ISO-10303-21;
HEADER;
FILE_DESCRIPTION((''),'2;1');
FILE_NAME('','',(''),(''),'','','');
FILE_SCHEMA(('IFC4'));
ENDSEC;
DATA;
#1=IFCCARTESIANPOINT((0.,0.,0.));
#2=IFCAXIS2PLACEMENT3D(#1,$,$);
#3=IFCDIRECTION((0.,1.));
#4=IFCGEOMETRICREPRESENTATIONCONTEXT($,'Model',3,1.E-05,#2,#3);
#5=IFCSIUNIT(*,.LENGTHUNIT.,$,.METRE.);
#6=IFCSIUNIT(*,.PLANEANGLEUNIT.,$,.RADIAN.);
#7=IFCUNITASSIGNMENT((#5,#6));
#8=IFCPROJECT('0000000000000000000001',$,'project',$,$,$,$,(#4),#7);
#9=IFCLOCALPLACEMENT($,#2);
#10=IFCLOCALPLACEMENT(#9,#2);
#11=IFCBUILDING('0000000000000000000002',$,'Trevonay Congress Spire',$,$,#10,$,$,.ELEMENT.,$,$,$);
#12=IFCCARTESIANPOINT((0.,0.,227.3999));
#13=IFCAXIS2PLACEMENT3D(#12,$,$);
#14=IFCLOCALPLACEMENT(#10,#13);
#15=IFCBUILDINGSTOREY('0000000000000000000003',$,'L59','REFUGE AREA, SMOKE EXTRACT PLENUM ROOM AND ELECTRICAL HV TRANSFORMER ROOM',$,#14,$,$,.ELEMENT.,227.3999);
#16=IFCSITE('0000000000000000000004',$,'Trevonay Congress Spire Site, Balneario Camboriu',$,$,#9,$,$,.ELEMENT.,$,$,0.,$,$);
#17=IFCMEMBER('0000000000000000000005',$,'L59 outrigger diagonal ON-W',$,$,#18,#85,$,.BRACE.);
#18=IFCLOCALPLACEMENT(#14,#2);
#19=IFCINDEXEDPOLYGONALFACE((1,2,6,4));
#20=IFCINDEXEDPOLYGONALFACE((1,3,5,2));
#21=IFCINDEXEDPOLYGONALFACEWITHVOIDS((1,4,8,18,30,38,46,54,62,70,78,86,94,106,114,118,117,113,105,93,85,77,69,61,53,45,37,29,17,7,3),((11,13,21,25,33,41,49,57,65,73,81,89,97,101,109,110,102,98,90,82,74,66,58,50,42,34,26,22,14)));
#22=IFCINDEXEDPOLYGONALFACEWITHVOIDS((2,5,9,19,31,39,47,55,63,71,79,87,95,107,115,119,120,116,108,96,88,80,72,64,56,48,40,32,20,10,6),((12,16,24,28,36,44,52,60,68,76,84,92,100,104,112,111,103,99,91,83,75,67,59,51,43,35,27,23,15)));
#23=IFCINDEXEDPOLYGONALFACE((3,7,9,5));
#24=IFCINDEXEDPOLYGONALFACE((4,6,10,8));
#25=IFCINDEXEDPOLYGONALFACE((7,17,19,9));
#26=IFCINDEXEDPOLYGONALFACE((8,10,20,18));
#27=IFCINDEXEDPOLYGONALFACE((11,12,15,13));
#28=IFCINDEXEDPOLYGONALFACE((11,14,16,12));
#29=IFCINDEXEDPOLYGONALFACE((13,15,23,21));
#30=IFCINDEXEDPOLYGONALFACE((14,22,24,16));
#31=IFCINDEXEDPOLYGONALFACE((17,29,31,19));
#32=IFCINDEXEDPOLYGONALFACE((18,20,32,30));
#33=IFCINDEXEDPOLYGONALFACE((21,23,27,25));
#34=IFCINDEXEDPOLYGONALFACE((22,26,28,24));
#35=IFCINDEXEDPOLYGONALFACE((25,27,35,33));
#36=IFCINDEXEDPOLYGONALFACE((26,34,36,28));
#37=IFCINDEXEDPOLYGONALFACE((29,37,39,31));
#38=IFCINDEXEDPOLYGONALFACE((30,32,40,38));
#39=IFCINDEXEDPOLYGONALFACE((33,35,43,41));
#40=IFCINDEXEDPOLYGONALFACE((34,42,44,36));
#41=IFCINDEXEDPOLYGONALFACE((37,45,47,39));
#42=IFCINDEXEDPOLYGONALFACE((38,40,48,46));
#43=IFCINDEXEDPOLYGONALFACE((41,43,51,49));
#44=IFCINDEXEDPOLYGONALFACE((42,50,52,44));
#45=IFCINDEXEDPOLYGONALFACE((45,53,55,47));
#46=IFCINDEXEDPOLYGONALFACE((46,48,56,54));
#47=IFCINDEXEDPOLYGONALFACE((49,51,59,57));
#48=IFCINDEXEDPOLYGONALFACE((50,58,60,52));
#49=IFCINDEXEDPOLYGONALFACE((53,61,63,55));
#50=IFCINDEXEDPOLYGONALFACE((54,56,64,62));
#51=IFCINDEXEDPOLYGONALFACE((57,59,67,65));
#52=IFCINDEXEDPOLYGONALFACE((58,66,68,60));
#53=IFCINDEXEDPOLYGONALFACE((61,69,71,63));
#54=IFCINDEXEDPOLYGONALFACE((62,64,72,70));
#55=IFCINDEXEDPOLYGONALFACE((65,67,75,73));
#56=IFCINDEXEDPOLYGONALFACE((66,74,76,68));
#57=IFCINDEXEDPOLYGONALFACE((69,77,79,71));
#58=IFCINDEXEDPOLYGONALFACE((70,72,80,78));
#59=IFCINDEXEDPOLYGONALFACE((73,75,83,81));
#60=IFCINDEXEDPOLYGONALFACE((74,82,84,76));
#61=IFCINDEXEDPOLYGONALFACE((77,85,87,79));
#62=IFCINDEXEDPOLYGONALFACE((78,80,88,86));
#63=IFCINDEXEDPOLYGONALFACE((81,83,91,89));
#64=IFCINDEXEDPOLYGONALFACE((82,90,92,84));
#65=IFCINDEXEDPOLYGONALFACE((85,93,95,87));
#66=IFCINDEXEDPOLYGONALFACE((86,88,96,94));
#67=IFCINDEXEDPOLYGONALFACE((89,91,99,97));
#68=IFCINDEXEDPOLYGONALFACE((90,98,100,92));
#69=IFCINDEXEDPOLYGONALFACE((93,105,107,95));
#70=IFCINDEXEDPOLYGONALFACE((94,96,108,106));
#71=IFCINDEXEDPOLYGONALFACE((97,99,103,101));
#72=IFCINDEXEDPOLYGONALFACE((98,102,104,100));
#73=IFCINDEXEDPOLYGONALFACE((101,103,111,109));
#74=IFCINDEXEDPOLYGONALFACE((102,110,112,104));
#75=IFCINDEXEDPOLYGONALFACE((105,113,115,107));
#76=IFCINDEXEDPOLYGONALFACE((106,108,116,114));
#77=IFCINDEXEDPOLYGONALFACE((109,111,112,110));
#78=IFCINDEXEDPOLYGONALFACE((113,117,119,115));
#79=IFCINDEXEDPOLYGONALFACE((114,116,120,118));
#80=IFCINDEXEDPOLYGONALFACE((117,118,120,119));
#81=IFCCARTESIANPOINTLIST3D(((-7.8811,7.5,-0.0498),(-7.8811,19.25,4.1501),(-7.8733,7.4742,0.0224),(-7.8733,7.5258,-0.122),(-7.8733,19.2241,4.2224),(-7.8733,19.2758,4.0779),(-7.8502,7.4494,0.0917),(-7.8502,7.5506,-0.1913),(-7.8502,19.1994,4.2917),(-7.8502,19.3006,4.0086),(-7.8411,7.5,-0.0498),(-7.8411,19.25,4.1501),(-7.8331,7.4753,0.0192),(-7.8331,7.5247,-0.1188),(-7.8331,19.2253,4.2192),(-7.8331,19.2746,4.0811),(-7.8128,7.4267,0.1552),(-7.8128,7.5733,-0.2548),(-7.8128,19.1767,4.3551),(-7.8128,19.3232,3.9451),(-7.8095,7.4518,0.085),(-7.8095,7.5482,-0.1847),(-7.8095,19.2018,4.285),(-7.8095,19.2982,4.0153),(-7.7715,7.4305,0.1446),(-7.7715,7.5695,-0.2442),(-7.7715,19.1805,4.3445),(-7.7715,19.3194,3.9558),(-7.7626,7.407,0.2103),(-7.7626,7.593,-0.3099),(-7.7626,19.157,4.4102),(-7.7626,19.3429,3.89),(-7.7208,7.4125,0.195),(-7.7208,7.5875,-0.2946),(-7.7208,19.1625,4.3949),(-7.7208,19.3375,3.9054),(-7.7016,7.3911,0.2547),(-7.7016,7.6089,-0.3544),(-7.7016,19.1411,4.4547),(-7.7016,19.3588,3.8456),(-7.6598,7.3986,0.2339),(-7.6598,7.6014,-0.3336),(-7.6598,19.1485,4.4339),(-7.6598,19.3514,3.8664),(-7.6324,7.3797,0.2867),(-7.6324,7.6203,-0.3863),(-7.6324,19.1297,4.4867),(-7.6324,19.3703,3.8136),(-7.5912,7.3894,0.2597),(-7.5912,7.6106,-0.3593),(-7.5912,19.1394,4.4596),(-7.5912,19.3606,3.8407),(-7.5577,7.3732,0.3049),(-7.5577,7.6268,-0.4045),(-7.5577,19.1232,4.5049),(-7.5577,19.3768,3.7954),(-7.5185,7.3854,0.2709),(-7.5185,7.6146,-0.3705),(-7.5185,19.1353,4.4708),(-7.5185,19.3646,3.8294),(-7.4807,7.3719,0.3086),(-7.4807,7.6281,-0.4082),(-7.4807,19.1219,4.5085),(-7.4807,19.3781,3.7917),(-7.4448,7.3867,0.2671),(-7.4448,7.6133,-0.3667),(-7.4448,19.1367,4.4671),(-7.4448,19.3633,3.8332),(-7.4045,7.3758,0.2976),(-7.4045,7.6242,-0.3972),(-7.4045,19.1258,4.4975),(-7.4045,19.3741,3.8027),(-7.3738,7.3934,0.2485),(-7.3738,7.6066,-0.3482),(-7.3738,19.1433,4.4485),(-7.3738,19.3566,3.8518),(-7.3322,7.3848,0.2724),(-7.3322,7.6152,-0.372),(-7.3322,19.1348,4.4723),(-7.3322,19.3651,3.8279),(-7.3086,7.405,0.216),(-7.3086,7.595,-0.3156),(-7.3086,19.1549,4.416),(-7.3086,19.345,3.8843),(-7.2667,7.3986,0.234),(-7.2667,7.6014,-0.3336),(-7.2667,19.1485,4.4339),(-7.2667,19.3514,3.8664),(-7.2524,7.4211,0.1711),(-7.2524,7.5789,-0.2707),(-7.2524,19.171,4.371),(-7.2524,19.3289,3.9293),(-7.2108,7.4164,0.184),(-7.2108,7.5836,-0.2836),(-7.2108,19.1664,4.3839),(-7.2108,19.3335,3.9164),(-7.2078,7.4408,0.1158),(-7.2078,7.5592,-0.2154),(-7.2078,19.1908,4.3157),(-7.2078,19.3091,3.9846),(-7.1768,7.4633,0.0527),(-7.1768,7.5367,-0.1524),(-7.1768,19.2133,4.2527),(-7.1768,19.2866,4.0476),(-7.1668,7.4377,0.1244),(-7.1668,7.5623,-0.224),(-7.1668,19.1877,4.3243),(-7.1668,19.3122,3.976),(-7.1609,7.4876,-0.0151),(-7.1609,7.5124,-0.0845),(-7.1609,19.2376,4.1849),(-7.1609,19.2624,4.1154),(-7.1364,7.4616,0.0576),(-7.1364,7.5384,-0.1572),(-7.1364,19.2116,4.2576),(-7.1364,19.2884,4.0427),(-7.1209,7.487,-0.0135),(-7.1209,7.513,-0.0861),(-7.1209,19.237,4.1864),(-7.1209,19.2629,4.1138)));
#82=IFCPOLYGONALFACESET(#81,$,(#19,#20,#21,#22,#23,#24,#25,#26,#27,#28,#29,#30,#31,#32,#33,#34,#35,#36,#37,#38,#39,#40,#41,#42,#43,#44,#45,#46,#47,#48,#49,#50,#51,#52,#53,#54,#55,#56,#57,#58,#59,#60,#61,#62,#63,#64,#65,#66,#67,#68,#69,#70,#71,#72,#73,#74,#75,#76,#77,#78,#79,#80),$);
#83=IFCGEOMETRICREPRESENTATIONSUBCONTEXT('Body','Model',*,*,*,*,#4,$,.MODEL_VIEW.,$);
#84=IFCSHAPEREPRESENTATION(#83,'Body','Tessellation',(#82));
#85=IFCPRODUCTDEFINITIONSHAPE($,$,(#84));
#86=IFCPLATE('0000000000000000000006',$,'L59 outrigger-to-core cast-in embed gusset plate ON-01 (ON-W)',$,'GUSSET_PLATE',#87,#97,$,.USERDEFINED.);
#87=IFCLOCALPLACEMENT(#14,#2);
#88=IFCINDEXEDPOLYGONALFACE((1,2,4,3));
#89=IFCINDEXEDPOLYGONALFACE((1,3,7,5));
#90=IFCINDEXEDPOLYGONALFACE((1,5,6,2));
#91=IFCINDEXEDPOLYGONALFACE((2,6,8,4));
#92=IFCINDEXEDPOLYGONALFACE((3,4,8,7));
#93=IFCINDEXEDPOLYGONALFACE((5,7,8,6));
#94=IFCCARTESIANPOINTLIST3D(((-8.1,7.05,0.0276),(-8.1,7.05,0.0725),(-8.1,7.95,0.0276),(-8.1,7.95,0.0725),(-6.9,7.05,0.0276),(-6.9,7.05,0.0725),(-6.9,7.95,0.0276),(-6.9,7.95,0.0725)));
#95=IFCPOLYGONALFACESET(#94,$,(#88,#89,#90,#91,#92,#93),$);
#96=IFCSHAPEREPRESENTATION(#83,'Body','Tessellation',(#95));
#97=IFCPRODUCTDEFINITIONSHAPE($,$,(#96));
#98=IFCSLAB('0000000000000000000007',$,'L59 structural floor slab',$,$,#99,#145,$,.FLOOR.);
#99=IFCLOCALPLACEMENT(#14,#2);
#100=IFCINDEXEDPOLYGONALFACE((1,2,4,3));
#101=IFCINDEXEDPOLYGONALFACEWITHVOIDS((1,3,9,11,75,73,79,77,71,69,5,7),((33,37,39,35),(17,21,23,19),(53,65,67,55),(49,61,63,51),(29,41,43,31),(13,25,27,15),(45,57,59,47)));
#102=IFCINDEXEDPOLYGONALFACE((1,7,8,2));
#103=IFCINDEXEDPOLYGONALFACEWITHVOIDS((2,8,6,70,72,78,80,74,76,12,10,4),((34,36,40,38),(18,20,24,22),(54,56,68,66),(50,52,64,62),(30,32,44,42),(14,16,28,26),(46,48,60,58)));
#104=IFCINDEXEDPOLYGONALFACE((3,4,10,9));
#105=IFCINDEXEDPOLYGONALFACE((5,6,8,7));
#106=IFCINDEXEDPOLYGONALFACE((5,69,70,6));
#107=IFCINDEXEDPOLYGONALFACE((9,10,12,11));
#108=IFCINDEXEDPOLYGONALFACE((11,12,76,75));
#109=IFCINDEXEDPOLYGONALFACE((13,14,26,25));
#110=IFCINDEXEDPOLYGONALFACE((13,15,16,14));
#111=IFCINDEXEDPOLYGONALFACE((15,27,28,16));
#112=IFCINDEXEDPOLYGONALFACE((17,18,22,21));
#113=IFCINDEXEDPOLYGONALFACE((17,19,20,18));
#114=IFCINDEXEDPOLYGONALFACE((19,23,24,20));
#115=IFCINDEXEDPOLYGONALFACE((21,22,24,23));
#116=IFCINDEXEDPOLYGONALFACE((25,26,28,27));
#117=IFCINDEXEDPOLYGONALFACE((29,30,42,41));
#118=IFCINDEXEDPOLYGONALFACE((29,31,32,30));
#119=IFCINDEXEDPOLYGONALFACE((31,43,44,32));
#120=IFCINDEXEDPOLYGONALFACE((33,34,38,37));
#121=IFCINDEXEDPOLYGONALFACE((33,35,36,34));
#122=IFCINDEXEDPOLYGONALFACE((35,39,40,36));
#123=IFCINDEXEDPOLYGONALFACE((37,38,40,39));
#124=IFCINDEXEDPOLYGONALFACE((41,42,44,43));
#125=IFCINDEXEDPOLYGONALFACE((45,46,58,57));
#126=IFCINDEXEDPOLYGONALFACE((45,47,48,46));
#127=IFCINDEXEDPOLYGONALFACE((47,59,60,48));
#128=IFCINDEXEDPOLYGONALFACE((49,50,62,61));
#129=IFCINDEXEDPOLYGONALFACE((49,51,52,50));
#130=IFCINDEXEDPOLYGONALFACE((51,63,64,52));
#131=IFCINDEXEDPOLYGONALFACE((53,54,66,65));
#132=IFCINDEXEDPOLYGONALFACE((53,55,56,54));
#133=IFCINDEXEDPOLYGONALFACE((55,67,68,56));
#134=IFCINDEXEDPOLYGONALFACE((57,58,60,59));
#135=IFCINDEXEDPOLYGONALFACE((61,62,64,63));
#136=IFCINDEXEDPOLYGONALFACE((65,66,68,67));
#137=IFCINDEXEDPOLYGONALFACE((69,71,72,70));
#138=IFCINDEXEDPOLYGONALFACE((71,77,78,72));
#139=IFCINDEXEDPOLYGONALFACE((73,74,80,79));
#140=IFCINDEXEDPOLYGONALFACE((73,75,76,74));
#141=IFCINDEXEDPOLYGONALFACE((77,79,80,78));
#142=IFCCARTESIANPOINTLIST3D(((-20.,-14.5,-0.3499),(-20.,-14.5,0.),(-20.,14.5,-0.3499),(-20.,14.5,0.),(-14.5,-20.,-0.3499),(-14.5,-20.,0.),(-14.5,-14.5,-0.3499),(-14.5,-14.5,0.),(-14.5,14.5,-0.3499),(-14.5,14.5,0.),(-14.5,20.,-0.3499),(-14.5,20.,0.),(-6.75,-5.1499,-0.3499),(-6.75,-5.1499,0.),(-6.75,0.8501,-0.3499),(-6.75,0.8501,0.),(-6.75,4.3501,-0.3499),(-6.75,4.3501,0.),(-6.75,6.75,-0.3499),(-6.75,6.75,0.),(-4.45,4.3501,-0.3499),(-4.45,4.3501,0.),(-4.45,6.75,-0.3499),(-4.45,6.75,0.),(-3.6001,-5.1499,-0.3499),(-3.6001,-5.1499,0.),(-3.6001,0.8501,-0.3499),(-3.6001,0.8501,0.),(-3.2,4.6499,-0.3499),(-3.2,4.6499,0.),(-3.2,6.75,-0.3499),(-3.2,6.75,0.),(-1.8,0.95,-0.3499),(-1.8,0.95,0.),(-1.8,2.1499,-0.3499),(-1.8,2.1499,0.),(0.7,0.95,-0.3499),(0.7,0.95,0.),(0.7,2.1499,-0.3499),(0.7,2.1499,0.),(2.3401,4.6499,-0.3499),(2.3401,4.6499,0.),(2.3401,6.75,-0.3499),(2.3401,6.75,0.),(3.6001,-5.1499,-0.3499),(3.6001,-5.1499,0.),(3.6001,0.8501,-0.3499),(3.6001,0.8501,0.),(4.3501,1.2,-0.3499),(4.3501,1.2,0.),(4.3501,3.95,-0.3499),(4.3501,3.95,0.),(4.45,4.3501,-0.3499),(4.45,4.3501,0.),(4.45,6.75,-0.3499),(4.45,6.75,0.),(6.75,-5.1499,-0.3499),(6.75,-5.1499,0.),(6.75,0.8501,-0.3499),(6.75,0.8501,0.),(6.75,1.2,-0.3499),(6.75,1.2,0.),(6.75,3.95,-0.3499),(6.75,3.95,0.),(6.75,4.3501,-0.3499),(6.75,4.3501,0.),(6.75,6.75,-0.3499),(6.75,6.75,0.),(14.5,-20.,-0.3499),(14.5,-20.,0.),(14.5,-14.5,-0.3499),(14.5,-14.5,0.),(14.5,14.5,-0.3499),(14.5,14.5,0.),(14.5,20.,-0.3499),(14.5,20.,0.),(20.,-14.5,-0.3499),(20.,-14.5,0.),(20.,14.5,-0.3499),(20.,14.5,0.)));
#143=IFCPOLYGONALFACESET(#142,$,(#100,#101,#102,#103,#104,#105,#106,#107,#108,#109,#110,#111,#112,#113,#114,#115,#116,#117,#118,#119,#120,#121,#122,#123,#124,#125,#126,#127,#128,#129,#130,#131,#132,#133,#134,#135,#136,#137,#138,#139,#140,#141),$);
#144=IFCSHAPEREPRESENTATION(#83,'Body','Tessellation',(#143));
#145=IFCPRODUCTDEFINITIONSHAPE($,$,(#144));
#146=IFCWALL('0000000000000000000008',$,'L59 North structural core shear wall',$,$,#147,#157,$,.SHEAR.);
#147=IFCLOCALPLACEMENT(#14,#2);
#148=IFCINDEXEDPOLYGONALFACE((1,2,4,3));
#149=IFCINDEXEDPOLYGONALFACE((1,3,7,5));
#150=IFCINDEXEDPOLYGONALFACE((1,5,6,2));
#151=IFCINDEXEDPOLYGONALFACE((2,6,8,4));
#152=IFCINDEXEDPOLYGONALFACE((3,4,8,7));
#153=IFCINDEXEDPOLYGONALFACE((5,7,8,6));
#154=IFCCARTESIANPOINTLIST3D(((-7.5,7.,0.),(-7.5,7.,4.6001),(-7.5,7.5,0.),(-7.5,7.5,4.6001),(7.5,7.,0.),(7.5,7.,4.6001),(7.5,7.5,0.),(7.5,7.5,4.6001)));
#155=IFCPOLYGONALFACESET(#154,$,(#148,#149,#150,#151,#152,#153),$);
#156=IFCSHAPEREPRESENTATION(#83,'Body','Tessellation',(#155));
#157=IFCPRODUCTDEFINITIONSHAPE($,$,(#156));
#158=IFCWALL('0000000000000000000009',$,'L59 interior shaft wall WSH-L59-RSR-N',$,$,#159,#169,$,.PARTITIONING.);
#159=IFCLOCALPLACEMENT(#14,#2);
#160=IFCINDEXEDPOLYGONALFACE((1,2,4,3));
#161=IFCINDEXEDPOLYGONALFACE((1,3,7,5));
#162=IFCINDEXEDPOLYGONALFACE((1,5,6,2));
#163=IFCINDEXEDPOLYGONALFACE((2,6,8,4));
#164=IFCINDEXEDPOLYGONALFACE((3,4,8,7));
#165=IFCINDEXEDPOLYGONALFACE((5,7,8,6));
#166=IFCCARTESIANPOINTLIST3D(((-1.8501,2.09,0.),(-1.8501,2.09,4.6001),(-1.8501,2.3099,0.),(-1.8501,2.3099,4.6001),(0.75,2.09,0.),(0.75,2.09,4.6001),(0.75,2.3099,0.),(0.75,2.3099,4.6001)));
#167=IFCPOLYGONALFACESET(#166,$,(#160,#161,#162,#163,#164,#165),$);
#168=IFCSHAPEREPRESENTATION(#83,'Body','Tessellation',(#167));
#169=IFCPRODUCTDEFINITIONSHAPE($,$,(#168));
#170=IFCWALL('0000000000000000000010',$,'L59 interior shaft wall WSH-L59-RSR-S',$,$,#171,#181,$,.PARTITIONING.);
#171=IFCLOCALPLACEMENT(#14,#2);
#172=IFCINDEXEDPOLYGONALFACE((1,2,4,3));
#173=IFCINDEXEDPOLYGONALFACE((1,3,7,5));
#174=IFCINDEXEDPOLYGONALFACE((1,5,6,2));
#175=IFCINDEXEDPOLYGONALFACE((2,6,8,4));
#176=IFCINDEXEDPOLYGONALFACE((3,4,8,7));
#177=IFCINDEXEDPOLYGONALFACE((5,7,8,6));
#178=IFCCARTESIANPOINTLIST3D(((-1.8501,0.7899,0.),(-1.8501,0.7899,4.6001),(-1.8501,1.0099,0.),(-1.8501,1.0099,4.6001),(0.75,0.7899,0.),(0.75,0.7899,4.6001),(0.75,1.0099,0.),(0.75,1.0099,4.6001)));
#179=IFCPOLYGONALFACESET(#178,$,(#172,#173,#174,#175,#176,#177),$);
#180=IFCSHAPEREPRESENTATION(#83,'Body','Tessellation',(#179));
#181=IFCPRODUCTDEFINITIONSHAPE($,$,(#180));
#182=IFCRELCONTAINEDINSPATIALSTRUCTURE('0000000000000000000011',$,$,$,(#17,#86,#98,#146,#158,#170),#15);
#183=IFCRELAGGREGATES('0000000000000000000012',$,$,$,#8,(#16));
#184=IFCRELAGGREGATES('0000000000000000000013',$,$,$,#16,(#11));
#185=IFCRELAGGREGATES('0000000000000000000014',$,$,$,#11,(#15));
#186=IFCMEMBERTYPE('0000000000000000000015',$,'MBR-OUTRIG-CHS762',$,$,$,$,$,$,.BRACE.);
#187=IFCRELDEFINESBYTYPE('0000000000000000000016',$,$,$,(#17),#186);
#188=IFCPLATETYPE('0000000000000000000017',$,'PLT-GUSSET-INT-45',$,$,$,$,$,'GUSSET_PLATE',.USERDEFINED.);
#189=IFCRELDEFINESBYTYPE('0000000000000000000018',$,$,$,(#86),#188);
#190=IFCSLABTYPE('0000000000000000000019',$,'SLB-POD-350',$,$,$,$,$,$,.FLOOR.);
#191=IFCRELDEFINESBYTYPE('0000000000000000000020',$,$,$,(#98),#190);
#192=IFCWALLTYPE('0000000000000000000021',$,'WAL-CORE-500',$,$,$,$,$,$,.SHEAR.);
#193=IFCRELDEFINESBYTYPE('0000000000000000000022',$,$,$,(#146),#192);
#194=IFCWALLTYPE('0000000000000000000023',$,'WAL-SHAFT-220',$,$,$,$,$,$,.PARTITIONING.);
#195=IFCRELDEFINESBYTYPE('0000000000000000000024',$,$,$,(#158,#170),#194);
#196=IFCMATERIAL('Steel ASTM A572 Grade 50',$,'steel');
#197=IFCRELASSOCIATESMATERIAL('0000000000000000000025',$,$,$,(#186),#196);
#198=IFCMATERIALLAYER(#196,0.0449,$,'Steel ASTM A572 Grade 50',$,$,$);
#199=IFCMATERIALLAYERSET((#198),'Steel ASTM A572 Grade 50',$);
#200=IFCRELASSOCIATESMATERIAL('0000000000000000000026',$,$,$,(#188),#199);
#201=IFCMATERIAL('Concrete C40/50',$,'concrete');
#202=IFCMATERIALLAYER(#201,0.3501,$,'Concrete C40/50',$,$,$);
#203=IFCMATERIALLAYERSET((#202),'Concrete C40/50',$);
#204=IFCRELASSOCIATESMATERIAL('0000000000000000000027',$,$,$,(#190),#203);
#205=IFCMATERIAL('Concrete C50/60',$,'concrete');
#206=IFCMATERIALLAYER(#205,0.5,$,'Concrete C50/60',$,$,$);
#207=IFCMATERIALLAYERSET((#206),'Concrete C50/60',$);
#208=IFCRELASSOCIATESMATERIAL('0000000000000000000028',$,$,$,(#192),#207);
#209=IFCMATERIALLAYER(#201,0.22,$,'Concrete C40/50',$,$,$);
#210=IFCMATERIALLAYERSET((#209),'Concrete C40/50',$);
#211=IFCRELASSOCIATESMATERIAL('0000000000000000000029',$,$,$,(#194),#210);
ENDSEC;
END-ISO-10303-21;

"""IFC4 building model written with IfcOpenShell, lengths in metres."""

from ifc_helpers import new_model, si_unit, direction, frame, frame_2d, origin, origin_2d, place, context, subcontext, project, spatial, polyline, rectangle, hollow_circle, outline, extrude, material, layer, layer_set, material_profile, profile_set, type_object, element, save


model = new_model("IFC4")

# Units and contexts
model_context = context("Model", 3, precision=1e-05, world=origin(), true_north=direction((0.0, 1.0)))
body_context = subcontext(model_context, "Body", "Model", "MODEL_VIEW")
ifc_project = project(units=[si_unit("LENGTHUNIT", "METRE"), si_unit("PLANEANGLEUNIT", "RADIAN")], contexts=[model_context])

# Site, building, storey
site_placement = place(None, origin())
site = spatial("IfcSite", under=ifc_project, at=site_placement, Name="Trevonay Congress Spire Site, Balneario Camboriu", CompositionType="ELEMENT", RefElevation=0.0)
building_placement = place(site_placement, origin())
building = spatial("IfcBuilding", under=site, at=building_placement, Name="Trevonay Congress Spire", CompositionType="ELEMENT")
storey_placement = place(building_placement, frame((0.0, 0.0, 227.3999)))
storey = spatial("IfcBuildingStorey", under=building, at=storey_placement, Name="L59", Description="REFUGE AREA, SMOKE EXTRACT PLENUM ROOM AND ELECTRICAL HV TRANSFORMER ROOM", CompositionType="ELEMENT", Elevation=227.3999)

# Shared definitions
ifc_material_1 = material(Name="Steel ASTM A572 Grade 50", Category="steel")

# Member
ifc_material_profile_1 = material_profile(ifc_material_1, hollow_circle(Radius=0.3811, WallThickness=0.04, at=origin_2d()), Name="CHS 762x40")
ifc_profile_set_1 = profile_set([ifc_material_profile_1], Name="Steel ASTM A572 Grade 50")
member_type_1 = type_object("IfcMemberType", Name="MBR-OUTRIG-CHS762", PredefinedType="BRACE", material=ifc_profile_set_1)
member_placement = place(storey_placement, frame((-7.5, 7.5, -0.0498), z_axis=(0.0, 0.941652, 0.336587), x_axis=(-1.0, 0.0, 0.0)))
element("IfcMember", 1, at=member_placement, inside=storey, type_object=member_type_1, Name="L59 outrigger diagonal ON-W", PredefinedType="BRACE", context=body_context, shape_type="SweptSolid", body=[
    extrude(hollow_circle(Radius=0.3811, WallThickness=0.04, at=origin_2d()), origin(), (0.0, 0.0, 1.0), 12.478),
])

# Plate
ifc_layer_1 = layer(ifc_material_1, 0.0449, Name="Steel ASTM A572 Grade 50")
ifc_layer_set_1 = layer_set([ifc_layer_1], Name="Steel ASTM A572 Grade 50")
plate_type = type_object("IfcPlateType", Name="PLT-GUSSET-INT-45", ElementType="GUSSET_PLATE", PredefinedType="USERDEFINED", material=ifc_layer_set_1)
plate_placement = place(storey_placement, frame((-7.5, 7.5, 0.0276), z_axis=(0.0, 0.0, 1.0), x_axis=(1.0, 0.0, 0.0)))
element("IfcPlate", 2, at=plate_placement, inside=storey, type_object=plate_type, Name="L59 outrigger-to-core cast-in embed gusset plate ON-01 (ON-W)", ObjectType="GUSSET_PLATE", PredefinedType="USERDEFINED", context=body_context, shape_type="SweptSolid", body=[
    extrude(rectangle(XDim=1.2, YDim=0.8999, at=origin_2d()), origin(), (0.0, 0.0, 1.0), 0.0449),
])

# Slab
ifc_material_2 = material(Name="Concrete C40/50", Category="concrete")
ifc_layer_2 = layer(ifc_material_2, 0.3501, Name="Concrete C40/50")
ifc_layer_set_2 = layer_set([ifc_layer_2], Name="Concrete C40/50")
slab_type = type_object("IfcSlabType", Name="SLB-POD-350", PredefinedType="FLOOR", material=ifc_layer_set_2)
slab_placement = place(storey_placement, frame((0.0, 0.0, -0.3499)))
element("IfcSlab", 3, at=slab_placement, inside=storey, type_object=slab_type, Name="L59 structural floor slab", PredefinedType="FLOOR", context=body_context, shape_type="SweptSolid", body=[
    extrude(outline(polyline([(-14.5, -20.0), (14.5, -20.0), (14.5, -14.5), (20.0, -14.5), (20.0, 14.5), (14.5, 14.5), (14.5, 20.0), (-14.5, 20.0), (-14.5, 14.5), (-20.0, 14.5), (-20.0, -14.5), (-14.5, -14.5), (-14.5, -20.0)]), holes=[polyline([(-3.6001, -5.1499), (-3.6001, 0.8501), (-6.75, 0.8501), (-6.75, -5.1499), (-3.6001, -5.1499)]), polyline([(6.75, -5.1499), (6.75, 0.8501), (3.6001, 0.8501), (3.6001, -5.1499), (6.75, -5.1499)]), polyline([(-3.2, 4.6499), (2.3401, 4.6499), (2.3401, 6.75), (-3.2, 6.75), (-3.2, 4.6499)]), polyline([(-6.75, 4.3501), (-4.45, 4.3501), (-4.45, 6.75), (-6.75, 6.75), (-6.75, 4.3501)]), polyline([(4.45, 4.3501), (6.75, 4.3501), (6.75, 6.75), (4.45, 6.75), (4.45, 4.3501)]), polyline([(4.3501, 1.2), (6.75, 1.2), (6.75, 3.95), (4.3501, 3.95), (4.3501, 1.2)]), polyline([(-1.8, 0.95), (0.7, 0.95), (0.7, 2.1499), (-1.8, 2.1499), (-1.8, 0.95)])]), origin(), (0.0, 0.0, 1.0), 0.3499),
])

# Walls
ifc_material_3 = material(Name="Concrete C50/60", Category="concrete")
ifc_layer_3 = layer(ifc_material_3, 0.5, Name="Concrete C50/60")
ifc_layer_set_3 = layer_set([ifc_layer_3], Name="Concrete C50/60")
wall_type_1 = type_object("IfcWallType", Name="WAL-CORE-500", PredefinedType="SHEAR", material=ifc_layer_set_3)
wall_1_placement = place(storey_placement, frame((-7.5, 7.25, 0.0), z_axis=(0.0, 0.0, 1.0), x_axis=(1.0, 0.0, 0.0)))
element("IfcWall", 4, at=wall_1_placement, inside=storey, type_object=wall_type_1, Name="L59 North structural core shear wall", PredefinedType="SHEAR", context=body_context, shape_type="SweptSolid", body=[
    extrude(rectangle(XDim=15.0, YDim=0.5, at=frame_2d((7.5, 0.0))), origin(), (0.0, 0.0, 1.0), 4.6001),
])
ifc_layer_4 = layer(ifc_material_2, 0.22, Name="Concrete C40/50")
ifc_layer_set_4 = layer_set([ifc_layer_4], Name="Concrete C40/50")
wall_type_2 = type_object("IfcWallType", Name="WAL-SHAFT-220", PredefinedType="PARTITIONING", material=ifc_layer_set_4)
for number, where, z_axis, x_axis, name in (
    (5, (-1.8501, 2.2, 0.0), (0.0, 0.0, 1.0), (1.0, 0.0, 0.0), "L59 interior shaft wall WSH-L59-RSR-N"),
    (6, (-1.8501, 0.8999, 0.0), (0.0, 0.0, 1.0), (1.0, 0.0, 0.0), "L59 interior shaft wall WSH-L59-RSR-S"),
):
    element("IfcWall", number, at=place(storey_placement, frame(where, z_axis=z_axis, x_axis=x_axis)), inside=storey, type_object=wall_type_2, Name=name, PredefinedType="PARTITIONING", context=body_context, shape_type="SweptSolid", body=[
        extrude(rectangle(XDim=2.6001, YDim=0.22, at=frame_2d((1.3, 0.0))), origin(), (0.0, 0.0, 1.0), 4.6001),
    ])

save(model, "model.ifc")
